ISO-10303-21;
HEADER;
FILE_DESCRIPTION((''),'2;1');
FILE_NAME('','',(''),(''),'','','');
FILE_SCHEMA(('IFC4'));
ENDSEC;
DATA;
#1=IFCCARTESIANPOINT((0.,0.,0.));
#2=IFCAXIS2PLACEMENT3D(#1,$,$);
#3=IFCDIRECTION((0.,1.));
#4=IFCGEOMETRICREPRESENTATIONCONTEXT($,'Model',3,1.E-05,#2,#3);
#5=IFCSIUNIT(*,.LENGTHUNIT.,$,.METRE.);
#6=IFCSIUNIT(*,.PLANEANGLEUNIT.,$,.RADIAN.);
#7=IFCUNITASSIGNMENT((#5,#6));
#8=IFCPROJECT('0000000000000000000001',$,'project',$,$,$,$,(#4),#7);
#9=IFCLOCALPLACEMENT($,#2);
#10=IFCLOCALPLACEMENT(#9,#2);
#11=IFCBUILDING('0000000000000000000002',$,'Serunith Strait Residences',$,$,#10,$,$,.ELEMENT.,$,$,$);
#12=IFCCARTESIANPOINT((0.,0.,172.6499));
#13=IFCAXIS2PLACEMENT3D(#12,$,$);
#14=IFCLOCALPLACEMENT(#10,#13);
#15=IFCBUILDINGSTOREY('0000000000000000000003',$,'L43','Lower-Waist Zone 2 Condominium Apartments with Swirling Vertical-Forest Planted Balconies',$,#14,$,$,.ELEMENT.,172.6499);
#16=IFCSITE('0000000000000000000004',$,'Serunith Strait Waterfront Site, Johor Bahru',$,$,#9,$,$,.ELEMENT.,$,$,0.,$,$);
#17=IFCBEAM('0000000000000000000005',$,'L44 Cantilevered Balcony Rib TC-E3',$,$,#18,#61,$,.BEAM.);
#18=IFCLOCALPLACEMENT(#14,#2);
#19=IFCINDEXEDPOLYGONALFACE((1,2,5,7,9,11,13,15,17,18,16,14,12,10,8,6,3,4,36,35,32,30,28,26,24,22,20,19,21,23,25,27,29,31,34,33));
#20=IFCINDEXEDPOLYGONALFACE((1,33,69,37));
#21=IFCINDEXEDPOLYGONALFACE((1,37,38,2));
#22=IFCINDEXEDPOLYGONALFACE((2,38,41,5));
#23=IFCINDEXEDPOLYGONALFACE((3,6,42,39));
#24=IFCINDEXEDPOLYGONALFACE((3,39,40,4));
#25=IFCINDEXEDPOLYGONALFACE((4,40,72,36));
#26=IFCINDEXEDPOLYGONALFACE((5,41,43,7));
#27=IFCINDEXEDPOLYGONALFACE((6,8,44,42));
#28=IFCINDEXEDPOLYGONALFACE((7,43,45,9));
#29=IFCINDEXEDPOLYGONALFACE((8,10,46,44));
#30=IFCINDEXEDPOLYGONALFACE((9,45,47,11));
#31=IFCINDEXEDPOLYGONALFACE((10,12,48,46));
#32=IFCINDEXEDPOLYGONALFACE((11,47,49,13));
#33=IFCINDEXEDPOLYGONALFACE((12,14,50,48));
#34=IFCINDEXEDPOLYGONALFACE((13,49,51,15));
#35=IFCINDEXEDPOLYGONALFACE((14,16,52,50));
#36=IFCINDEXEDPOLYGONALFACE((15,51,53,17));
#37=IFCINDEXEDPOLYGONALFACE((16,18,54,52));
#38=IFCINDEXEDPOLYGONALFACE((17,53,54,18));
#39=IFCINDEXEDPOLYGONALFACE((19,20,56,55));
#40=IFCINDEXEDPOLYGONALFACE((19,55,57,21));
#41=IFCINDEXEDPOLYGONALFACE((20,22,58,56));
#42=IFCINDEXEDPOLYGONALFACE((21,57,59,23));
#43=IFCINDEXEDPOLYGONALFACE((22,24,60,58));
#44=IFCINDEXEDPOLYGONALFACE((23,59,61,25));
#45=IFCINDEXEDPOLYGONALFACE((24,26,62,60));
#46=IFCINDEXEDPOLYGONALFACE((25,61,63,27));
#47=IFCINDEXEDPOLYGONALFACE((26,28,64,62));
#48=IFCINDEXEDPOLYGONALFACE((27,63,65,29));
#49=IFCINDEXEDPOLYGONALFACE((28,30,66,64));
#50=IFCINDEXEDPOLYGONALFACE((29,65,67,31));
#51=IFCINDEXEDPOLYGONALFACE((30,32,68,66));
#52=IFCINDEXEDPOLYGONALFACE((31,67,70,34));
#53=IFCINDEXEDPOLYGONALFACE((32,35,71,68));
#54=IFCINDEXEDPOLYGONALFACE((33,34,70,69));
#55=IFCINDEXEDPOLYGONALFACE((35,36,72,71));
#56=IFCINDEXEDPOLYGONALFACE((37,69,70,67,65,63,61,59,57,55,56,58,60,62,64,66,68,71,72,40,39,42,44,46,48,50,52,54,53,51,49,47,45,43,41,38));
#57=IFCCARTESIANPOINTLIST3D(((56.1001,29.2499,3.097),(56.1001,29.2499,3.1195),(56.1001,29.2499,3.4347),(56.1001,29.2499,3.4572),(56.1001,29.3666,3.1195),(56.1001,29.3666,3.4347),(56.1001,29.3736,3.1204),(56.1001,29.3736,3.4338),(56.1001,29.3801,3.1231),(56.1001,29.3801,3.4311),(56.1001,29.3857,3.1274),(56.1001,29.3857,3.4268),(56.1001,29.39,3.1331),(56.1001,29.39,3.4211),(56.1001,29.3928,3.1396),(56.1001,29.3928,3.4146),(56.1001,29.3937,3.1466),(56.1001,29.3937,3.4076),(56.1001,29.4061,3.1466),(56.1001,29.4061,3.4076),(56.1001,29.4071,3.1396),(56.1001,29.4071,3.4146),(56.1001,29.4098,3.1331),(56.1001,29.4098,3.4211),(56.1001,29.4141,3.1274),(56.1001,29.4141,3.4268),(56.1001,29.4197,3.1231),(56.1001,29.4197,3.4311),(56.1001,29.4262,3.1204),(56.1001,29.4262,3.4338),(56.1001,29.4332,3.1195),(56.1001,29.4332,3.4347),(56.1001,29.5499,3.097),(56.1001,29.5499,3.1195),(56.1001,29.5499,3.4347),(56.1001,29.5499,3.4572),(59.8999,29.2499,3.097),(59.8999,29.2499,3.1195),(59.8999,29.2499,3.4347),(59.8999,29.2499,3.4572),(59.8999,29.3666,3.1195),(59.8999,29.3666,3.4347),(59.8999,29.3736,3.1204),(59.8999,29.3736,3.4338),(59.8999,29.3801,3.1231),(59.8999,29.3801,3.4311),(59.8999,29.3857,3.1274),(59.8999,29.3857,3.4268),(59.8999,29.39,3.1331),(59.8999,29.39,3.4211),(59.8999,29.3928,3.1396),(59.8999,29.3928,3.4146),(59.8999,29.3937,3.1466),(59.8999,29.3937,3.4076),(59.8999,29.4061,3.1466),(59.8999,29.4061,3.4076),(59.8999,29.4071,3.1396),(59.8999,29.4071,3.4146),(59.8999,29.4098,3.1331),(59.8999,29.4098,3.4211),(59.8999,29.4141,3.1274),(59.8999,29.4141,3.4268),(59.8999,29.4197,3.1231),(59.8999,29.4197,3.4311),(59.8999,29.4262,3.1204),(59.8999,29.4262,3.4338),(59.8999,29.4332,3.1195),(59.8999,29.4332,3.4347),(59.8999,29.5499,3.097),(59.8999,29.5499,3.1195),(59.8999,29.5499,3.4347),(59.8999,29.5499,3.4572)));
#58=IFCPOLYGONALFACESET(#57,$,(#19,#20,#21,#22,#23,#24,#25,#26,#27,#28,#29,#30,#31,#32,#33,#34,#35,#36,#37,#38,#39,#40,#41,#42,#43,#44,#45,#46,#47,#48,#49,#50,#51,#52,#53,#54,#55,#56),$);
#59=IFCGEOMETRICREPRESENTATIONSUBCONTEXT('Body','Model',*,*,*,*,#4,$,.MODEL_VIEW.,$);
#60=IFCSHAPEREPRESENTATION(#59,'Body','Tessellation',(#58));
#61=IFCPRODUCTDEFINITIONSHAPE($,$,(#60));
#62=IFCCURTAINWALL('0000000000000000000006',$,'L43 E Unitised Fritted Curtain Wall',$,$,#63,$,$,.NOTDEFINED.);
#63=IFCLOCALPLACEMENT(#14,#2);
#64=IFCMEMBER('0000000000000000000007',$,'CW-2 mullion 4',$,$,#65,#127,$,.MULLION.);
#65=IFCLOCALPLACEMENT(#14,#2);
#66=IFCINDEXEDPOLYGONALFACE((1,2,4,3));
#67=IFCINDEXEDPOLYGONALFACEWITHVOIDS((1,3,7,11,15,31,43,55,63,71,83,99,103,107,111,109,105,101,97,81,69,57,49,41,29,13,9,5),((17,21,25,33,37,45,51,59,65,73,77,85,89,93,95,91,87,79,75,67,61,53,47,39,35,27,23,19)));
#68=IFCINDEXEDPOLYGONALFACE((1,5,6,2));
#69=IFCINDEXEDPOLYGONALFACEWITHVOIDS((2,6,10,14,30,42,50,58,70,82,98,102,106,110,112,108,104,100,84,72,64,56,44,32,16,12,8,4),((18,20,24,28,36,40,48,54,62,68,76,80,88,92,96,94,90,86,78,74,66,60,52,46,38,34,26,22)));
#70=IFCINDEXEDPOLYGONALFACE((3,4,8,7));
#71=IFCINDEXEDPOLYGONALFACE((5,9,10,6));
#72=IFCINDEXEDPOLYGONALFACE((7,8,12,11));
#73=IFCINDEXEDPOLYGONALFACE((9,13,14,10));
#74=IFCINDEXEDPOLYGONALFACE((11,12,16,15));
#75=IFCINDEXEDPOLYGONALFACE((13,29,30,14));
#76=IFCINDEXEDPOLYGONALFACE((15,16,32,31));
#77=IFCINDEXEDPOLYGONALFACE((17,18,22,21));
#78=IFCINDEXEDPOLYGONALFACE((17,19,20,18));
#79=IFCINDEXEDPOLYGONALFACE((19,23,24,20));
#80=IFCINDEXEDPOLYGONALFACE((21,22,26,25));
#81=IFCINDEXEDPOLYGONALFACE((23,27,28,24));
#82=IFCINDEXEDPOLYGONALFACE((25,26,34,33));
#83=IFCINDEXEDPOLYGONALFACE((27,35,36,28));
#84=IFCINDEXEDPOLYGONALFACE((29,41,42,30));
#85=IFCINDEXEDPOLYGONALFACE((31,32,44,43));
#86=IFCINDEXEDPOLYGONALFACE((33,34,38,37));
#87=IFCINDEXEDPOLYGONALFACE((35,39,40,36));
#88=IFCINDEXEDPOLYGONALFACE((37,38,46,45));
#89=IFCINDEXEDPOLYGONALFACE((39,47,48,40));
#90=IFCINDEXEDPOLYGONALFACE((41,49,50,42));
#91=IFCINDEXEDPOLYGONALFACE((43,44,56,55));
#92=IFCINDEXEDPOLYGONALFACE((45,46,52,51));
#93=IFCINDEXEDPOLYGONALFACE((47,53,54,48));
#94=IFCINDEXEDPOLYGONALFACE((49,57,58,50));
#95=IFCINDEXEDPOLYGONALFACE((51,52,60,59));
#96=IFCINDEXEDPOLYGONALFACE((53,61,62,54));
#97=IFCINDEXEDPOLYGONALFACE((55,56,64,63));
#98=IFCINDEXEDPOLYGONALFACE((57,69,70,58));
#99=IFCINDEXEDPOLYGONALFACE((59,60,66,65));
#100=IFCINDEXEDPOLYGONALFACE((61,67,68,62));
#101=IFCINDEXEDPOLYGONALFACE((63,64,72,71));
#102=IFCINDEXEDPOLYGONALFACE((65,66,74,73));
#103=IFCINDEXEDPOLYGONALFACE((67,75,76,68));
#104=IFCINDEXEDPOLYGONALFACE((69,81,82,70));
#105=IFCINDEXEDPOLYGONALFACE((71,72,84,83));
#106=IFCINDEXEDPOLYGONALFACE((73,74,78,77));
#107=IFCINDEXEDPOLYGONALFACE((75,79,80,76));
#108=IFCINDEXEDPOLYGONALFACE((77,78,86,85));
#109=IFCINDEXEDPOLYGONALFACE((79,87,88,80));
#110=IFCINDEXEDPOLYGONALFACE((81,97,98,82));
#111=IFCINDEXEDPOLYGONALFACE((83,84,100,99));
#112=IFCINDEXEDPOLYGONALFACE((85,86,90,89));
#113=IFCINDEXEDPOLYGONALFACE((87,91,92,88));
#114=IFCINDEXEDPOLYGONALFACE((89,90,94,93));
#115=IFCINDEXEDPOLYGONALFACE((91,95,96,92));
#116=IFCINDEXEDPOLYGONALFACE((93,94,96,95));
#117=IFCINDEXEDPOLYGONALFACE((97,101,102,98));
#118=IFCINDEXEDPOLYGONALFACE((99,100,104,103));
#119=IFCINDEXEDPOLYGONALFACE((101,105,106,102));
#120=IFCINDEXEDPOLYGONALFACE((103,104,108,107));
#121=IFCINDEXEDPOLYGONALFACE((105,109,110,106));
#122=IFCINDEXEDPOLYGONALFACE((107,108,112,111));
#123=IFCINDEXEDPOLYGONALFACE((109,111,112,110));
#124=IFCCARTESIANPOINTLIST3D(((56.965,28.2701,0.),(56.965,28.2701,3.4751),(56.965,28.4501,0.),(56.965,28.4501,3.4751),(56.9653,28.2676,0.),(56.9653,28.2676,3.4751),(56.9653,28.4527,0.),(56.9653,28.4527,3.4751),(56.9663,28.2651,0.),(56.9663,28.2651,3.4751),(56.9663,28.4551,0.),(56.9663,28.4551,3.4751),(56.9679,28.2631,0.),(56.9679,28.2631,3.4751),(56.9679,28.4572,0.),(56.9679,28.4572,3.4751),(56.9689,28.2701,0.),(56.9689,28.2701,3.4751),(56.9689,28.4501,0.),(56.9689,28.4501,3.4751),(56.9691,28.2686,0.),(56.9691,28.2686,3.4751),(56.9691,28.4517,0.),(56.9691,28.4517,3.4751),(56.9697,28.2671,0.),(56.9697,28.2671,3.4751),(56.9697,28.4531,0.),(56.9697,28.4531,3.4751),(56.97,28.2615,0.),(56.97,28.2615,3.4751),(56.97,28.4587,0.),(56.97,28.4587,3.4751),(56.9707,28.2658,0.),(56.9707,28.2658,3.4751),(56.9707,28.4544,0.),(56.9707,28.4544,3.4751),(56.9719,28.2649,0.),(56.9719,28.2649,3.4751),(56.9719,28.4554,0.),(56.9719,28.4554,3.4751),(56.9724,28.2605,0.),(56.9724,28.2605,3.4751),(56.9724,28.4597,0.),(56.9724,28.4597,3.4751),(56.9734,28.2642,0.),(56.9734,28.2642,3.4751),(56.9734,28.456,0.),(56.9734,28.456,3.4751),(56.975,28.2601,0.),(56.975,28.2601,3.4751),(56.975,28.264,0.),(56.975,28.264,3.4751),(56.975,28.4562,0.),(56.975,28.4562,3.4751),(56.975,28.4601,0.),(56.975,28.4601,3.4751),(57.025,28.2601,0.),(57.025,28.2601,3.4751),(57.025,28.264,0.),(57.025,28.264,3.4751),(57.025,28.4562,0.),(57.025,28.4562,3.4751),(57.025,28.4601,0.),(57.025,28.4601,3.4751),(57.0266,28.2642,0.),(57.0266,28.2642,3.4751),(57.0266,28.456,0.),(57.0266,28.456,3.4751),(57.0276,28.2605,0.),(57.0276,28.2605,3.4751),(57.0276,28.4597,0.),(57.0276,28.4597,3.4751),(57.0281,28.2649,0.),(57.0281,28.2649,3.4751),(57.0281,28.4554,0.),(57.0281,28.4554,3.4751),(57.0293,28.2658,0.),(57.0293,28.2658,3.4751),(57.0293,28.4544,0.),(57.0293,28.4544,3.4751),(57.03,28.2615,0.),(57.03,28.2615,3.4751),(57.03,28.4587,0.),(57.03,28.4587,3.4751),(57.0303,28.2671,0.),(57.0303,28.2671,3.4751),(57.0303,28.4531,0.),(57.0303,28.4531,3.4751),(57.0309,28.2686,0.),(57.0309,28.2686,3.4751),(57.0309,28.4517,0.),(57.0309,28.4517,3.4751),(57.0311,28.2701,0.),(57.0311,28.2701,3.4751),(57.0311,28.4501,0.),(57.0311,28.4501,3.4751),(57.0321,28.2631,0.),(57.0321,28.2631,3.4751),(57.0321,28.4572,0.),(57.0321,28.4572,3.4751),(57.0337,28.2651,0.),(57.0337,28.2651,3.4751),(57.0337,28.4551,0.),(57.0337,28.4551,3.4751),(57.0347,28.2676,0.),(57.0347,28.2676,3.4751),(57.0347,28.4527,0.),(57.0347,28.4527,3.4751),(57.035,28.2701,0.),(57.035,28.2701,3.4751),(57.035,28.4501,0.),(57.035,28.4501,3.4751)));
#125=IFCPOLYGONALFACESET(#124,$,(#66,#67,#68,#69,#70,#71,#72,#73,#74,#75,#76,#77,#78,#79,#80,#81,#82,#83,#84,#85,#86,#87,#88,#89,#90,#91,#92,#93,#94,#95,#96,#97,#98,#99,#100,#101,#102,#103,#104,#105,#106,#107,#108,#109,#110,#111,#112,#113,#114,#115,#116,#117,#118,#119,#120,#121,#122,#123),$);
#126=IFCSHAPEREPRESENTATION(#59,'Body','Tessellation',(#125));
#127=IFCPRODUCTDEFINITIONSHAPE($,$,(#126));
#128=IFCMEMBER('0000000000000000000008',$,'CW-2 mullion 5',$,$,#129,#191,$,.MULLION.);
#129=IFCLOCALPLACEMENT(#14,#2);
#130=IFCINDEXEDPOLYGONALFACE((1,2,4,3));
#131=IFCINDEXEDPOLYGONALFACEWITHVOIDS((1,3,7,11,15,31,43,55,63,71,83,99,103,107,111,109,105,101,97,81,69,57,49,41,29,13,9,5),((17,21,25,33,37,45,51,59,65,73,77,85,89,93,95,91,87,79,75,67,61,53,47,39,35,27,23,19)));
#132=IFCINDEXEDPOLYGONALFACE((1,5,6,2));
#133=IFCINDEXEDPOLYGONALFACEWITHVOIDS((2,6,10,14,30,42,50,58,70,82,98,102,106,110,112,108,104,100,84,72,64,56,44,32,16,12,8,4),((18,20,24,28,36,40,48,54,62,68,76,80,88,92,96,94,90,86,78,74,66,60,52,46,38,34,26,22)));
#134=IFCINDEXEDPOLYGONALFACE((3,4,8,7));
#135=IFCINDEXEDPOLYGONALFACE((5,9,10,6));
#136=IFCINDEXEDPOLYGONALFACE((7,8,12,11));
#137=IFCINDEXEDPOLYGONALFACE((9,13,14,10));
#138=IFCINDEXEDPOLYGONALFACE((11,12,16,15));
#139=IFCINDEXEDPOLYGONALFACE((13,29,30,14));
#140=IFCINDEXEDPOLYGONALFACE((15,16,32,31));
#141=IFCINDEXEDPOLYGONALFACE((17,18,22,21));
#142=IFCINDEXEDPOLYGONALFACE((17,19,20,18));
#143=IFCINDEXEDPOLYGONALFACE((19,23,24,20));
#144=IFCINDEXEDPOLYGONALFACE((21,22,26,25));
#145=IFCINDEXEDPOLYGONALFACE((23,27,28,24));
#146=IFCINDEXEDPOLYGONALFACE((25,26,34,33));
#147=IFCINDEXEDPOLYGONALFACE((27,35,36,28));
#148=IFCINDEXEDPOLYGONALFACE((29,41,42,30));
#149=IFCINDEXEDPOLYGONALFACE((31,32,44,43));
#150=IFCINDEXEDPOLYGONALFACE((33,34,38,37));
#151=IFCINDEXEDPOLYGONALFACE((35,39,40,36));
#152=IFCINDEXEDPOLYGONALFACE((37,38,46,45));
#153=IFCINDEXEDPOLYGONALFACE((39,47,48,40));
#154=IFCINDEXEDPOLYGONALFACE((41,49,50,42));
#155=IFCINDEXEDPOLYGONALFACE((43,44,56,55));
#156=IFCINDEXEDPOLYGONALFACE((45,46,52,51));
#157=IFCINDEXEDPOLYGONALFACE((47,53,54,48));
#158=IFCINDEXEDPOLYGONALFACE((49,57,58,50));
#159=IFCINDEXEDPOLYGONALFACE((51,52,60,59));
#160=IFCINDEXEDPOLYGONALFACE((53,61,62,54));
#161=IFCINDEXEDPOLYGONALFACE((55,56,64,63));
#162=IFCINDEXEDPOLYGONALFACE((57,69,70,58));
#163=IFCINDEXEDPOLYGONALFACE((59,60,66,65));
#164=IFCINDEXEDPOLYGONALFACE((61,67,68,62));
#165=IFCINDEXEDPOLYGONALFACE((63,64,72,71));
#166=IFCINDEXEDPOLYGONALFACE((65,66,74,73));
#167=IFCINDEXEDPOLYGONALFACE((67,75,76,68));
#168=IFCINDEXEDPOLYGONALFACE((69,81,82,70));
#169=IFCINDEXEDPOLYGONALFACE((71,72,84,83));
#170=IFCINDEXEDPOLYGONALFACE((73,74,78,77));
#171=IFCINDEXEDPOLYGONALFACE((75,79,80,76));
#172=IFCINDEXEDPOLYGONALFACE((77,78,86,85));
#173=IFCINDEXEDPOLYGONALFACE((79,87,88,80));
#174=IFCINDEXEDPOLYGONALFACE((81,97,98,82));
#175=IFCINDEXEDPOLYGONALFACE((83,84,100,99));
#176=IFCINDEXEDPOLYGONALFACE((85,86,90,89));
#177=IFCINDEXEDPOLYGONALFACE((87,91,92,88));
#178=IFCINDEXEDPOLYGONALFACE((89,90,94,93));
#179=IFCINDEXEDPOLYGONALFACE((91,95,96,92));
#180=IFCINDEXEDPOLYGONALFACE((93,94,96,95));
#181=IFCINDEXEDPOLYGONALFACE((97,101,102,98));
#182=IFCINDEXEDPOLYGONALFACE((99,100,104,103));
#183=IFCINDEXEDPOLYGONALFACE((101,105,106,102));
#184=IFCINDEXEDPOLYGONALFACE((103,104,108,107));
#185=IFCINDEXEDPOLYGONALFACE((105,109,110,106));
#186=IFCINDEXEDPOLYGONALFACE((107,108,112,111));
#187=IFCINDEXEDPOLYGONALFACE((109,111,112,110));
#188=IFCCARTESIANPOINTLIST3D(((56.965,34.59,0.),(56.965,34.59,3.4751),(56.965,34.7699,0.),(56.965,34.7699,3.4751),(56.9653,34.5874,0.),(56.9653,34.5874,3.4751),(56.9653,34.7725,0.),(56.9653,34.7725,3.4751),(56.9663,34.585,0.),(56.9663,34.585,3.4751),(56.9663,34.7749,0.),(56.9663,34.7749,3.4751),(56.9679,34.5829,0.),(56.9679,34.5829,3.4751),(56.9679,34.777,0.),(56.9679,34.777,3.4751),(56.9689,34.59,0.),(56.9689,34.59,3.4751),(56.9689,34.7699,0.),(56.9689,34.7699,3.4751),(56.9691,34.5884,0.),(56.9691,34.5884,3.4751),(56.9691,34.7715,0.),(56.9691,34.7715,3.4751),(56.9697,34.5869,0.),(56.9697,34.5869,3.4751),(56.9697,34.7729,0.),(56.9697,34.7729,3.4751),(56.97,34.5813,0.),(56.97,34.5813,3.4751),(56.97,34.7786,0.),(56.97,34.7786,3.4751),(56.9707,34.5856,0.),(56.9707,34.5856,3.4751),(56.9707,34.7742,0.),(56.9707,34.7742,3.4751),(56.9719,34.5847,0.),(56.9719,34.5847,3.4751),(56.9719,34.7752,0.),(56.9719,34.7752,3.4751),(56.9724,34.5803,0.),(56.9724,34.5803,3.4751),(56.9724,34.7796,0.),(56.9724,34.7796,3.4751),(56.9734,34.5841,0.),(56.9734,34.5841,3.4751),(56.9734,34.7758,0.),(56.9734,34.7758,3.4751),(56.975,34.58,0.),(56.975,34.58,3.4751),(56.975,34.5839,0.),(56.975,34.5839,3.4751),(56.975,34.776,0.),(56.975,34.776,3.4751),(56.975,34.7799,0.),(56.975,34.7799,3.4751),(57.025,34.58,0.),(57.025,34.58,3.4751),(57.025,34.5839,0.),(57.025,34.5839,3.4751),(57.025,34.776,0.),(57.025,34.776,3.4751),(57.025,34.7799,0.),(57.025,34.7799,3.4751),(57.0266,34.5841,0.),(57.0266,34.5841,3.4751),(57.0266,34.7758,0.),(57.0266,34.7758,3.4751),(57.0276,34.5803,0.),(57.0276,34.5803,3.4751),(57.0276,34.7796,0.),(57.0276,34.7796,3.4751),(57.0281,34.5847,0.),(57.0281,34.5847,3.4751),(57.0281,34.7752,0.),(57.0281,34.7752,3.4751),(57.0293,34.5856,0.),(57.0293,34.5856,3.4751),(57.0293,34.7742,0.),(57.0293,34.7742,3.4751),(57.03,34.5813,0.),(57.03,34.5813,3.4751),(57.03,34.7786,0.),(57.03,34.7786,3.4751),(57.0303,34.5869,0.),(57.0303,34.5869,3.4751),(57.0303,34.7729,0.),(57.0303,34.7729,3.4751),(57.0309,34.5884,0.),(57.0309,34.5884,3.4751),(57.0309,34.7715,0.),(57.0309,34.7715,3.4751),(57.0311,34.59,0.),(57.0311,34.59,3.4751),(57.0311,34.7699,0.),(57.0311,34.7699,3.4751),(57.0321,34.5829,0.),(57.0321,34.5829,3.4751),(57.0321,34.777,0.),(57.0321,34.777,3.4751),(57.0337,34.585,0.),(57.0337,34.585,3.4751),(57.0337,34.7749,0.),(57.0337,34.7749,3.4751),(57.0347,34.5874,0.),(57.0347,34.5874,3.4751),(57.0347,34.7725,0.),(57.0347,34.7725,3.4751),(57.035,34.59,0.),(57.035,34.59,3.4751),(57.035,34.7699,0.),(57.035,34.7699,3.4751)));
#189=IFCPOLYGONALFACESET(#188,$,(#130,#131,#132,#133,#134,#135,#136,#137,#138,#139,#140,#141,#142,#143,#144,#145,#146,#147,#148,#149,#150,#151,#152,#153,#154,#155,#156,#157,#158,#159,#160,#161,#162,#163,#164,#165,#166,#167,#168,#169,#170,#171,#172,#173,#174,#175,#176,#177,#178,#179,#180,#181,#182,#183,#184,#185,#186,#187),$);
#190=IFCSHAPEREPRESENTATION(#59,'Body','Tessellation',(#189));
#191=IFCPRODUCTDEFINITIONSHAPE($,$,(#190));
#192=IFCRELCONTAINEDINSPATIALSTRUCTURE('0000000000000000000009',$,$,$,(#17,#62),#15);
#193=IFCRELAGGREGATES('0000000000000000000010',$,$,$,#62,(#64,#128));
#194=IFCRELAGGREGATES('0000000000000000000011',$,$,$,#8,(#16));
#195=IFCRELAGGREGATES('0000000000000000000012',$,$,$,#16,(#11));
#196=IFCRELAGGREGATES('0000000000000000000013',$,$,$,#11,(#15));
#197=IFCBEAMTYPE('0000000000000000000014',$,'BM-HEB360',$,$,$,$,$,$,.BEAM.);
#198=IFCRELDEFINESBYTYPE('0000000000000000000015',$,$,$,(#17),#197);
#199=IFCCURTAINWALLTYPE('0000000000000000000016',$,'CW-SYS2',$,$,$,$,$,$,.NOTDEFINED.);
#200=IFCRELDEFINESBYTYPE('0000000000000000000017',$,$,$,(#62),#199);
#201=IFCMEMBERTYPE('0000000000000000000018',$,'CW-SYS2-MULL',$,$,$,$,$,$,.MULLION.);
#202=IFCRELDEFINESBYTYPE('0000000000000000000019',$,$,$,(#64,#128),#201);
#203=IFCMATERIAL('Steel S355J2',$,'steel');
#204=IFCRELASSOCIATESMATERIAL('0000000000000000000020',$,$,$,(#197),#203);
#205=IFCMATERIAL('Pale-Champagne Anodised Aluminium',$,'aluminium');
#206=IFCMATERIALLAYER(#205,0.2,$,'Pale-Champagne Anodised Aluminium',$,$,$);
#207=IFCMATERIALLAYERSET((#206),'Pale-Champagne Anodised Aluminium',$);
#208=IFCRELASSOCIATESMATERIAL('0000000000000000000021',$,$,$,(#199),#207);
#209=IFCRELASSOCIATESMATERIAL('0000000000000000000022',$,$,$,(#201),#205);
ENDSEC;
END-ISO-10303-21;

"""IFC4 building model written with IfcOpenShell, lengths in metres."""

from ifc_helpers import new_model, si_unit, direction, frame, origin, origin_2d, place, context, subcontext, project, spatial, hollow_rectangle, i_section, extrude, source, transform, mapped, material, layer, layer_set, material_profile, profile_set, type_object, element, aggregate, save


model = new_model("IFC4")

# Units and contexts
model_context = context("Model", 3, precision=1e-05, world=origin(), true_north=direction((0.0, 1.0)))
body_context = subcontext(model_context, "Body", "Model", "MODEL_VIEW")
ifc_project = project(units=[si_unit("LENGTHUNIT", "METRE"), si_unit("PLANEANGLEUNIT", "RADIAN")], contexts=[model_context])

# Site, building, storey
site_placement = place(None, origin())
site = spatial("IfcSite", under=ifc_project, at=site_placement, Name="Serunith Strait Waterfront Site, Johor Bahru", CompositionType="ELEMENT", RefElevation=0.0)
building_placement = place(site_placement, origin())
building = spatial("IfcBuilding", under=site, at=building_placement, Name="Serunith Strait Residences", CompositionType="ELEMENT")
storey_placement = place(building_placement, frame((0.0, 0.0, 172.6499)))
storey = spatial("IfcBuildingStorey", under=building, at=storey_placement, Name="L43", Description="Lower-Waist Zone 2 Condominium Apartments with Swirling Vertical-Forest Planted Balconies", CompositionType="ELEMENT", Elevation=172.6499)

# Beam
ifc_material_1 = material(Name="Steel S355J2", Category="steel")
ifc_material_profile_1 = material_profile(ifc_material_1, i_section(OverallWidth=0.3, OverallDepth=0.3601, WebThickness=0.0125, FlangeThickness=0.0225, FilletRadius=0.0271, at=origin_2d()), Name="HEB 360")
ifc_profile_set_1 = profile_set([ifc_material_profile_1], Name="Steel S355J2")
beam_type_1 = type_object("IfcBeamType", Name="BM-HEB360", PredefinedType="BEAM", material=ifc_profile_set_1)
shared_shape_1 = source(origin(), body_context, "Body", "SweptSolid", [
    extrude(i_section(OverallWidth=0.3, OverallDepth=0.3601, WebThickness=0.0125, FlangeThickness=0.0225, FilletRadius=0.0271, at=origin_2d()), origin(), (0.0, 0.0, 1.0), 3.7998),
])
beam_1_placement = place(storey_placement, frame((56.1001, 29.3999, 3.2771), z_axis=(1.0, 0.0, 0.0), x_axis=(0.0, 1.0, 0.0)))
element("IfcBeam", 1, at=beam_1_placement, inside=storey, type_object=beam_type_1, Name="L44 Cantilevered Balcony Rib TC-E3", PredefinedType="BEAM", context=body_context, shape_type="MappedRepresentation", body=[
    mapped(shared_shape_1, transform((0.0, 0.0, 0.0), scale=1.0)),
])

# Curtain wall, members
ifc_material_2 = material(Name="Pale-Champagne Anodised Aluminium", Category="aluminium")
ifc_layer_1 = layer(ifc_material_2, 0.2, Name="Pale-Champagne Anodised Aluminium")
ifc_layer_set_1 = layer_set([ifc_layer_1], Name="Pale-Champagne Anodised Aluminium")
curtain_wall_type = type_object("IfcCurtainWallType", Name="CW-SYS2", PredefinedType="NOTDEFINED", material=ifc_layer_set_1)
curtain_wall_placement = place(storey_placement, origin())
curtain_wall = element("IfcCurtainWall", 2, at=curtain_wall_placement, inside=storey, type_object=curtain_wall_type, Name="L43 E Unitised Fritted Curtain Wall", PredefinedType="NOTDEFINED")
ifc_material_profile_2 = material_profile(ifc_material_2, hollow_rectangle(XDim=0.0701, YDim=0.2, WallThickness=0.0039, InnerFilletRadius=0.0061, OuterFilletRadius=0.01, at=origin_2d()), Name="ALU 200x70x4")
ifc_profile_set_2 = profile_set([ifc_material_profile_2], Name="Pale-Champagne Anodised Aluminium")
member_type_1 = type_object("IfcMemberType", Name="CW-SYS2-MULL", PredefinedType="MULLION", material=ifc_profile_set_2)
shared_shape_2 = source(origin(), body_context, "Body", "SweptSolid", [
    extrude(hollow_rectangle(XDim=0.0701, YDim=0.2, WallThickness=0.0039, InnerFilletRadius=0.0061, OuterFilletRadius=0.01, at=origin_2d()), origin(), (0.0, 0.0, 1.0), 3.4751),
])
member_1_placement = place(storey_placement, frame((57.0, 28.3601, 0.0), z_axis=(0.0, 0.0, 1.0), x_axis=(-1.0, 0.0, 0.0)))
member_1 = element("IfcMember", 3, at=member_1_placement, type_object=member_type_1, Name="CW-2 mullion 4", PredefinedType="MULLION", context=body_context, shape_type="MappedRepresentation", body=[
    mapped(shared_shape_2, transform((0.0, 0.0, 0.0), scale=1.0)),
])
member_2_placement = place(storey_placement, frame((57.0, 34.6799, 0.0), z_axis=(0.0, 0.0, 1.0), x_axis=(-1.0, 0.0, 0.0)))
member_2 = element("IfcMember", 4, at=member_2_placement, type_object=member_type_1, Name="CW-2 mullion 5", PredefinedType="MULLION", context=body_context, shape_type="MappedRepresentation", body=[
    mapped(shared_shape_2, transform((0.0, 0.0, 0.0), scale=1.0)),
])
aggregate(curtain_wall, [member_1, member_2])

save(model, "model.ifc")
